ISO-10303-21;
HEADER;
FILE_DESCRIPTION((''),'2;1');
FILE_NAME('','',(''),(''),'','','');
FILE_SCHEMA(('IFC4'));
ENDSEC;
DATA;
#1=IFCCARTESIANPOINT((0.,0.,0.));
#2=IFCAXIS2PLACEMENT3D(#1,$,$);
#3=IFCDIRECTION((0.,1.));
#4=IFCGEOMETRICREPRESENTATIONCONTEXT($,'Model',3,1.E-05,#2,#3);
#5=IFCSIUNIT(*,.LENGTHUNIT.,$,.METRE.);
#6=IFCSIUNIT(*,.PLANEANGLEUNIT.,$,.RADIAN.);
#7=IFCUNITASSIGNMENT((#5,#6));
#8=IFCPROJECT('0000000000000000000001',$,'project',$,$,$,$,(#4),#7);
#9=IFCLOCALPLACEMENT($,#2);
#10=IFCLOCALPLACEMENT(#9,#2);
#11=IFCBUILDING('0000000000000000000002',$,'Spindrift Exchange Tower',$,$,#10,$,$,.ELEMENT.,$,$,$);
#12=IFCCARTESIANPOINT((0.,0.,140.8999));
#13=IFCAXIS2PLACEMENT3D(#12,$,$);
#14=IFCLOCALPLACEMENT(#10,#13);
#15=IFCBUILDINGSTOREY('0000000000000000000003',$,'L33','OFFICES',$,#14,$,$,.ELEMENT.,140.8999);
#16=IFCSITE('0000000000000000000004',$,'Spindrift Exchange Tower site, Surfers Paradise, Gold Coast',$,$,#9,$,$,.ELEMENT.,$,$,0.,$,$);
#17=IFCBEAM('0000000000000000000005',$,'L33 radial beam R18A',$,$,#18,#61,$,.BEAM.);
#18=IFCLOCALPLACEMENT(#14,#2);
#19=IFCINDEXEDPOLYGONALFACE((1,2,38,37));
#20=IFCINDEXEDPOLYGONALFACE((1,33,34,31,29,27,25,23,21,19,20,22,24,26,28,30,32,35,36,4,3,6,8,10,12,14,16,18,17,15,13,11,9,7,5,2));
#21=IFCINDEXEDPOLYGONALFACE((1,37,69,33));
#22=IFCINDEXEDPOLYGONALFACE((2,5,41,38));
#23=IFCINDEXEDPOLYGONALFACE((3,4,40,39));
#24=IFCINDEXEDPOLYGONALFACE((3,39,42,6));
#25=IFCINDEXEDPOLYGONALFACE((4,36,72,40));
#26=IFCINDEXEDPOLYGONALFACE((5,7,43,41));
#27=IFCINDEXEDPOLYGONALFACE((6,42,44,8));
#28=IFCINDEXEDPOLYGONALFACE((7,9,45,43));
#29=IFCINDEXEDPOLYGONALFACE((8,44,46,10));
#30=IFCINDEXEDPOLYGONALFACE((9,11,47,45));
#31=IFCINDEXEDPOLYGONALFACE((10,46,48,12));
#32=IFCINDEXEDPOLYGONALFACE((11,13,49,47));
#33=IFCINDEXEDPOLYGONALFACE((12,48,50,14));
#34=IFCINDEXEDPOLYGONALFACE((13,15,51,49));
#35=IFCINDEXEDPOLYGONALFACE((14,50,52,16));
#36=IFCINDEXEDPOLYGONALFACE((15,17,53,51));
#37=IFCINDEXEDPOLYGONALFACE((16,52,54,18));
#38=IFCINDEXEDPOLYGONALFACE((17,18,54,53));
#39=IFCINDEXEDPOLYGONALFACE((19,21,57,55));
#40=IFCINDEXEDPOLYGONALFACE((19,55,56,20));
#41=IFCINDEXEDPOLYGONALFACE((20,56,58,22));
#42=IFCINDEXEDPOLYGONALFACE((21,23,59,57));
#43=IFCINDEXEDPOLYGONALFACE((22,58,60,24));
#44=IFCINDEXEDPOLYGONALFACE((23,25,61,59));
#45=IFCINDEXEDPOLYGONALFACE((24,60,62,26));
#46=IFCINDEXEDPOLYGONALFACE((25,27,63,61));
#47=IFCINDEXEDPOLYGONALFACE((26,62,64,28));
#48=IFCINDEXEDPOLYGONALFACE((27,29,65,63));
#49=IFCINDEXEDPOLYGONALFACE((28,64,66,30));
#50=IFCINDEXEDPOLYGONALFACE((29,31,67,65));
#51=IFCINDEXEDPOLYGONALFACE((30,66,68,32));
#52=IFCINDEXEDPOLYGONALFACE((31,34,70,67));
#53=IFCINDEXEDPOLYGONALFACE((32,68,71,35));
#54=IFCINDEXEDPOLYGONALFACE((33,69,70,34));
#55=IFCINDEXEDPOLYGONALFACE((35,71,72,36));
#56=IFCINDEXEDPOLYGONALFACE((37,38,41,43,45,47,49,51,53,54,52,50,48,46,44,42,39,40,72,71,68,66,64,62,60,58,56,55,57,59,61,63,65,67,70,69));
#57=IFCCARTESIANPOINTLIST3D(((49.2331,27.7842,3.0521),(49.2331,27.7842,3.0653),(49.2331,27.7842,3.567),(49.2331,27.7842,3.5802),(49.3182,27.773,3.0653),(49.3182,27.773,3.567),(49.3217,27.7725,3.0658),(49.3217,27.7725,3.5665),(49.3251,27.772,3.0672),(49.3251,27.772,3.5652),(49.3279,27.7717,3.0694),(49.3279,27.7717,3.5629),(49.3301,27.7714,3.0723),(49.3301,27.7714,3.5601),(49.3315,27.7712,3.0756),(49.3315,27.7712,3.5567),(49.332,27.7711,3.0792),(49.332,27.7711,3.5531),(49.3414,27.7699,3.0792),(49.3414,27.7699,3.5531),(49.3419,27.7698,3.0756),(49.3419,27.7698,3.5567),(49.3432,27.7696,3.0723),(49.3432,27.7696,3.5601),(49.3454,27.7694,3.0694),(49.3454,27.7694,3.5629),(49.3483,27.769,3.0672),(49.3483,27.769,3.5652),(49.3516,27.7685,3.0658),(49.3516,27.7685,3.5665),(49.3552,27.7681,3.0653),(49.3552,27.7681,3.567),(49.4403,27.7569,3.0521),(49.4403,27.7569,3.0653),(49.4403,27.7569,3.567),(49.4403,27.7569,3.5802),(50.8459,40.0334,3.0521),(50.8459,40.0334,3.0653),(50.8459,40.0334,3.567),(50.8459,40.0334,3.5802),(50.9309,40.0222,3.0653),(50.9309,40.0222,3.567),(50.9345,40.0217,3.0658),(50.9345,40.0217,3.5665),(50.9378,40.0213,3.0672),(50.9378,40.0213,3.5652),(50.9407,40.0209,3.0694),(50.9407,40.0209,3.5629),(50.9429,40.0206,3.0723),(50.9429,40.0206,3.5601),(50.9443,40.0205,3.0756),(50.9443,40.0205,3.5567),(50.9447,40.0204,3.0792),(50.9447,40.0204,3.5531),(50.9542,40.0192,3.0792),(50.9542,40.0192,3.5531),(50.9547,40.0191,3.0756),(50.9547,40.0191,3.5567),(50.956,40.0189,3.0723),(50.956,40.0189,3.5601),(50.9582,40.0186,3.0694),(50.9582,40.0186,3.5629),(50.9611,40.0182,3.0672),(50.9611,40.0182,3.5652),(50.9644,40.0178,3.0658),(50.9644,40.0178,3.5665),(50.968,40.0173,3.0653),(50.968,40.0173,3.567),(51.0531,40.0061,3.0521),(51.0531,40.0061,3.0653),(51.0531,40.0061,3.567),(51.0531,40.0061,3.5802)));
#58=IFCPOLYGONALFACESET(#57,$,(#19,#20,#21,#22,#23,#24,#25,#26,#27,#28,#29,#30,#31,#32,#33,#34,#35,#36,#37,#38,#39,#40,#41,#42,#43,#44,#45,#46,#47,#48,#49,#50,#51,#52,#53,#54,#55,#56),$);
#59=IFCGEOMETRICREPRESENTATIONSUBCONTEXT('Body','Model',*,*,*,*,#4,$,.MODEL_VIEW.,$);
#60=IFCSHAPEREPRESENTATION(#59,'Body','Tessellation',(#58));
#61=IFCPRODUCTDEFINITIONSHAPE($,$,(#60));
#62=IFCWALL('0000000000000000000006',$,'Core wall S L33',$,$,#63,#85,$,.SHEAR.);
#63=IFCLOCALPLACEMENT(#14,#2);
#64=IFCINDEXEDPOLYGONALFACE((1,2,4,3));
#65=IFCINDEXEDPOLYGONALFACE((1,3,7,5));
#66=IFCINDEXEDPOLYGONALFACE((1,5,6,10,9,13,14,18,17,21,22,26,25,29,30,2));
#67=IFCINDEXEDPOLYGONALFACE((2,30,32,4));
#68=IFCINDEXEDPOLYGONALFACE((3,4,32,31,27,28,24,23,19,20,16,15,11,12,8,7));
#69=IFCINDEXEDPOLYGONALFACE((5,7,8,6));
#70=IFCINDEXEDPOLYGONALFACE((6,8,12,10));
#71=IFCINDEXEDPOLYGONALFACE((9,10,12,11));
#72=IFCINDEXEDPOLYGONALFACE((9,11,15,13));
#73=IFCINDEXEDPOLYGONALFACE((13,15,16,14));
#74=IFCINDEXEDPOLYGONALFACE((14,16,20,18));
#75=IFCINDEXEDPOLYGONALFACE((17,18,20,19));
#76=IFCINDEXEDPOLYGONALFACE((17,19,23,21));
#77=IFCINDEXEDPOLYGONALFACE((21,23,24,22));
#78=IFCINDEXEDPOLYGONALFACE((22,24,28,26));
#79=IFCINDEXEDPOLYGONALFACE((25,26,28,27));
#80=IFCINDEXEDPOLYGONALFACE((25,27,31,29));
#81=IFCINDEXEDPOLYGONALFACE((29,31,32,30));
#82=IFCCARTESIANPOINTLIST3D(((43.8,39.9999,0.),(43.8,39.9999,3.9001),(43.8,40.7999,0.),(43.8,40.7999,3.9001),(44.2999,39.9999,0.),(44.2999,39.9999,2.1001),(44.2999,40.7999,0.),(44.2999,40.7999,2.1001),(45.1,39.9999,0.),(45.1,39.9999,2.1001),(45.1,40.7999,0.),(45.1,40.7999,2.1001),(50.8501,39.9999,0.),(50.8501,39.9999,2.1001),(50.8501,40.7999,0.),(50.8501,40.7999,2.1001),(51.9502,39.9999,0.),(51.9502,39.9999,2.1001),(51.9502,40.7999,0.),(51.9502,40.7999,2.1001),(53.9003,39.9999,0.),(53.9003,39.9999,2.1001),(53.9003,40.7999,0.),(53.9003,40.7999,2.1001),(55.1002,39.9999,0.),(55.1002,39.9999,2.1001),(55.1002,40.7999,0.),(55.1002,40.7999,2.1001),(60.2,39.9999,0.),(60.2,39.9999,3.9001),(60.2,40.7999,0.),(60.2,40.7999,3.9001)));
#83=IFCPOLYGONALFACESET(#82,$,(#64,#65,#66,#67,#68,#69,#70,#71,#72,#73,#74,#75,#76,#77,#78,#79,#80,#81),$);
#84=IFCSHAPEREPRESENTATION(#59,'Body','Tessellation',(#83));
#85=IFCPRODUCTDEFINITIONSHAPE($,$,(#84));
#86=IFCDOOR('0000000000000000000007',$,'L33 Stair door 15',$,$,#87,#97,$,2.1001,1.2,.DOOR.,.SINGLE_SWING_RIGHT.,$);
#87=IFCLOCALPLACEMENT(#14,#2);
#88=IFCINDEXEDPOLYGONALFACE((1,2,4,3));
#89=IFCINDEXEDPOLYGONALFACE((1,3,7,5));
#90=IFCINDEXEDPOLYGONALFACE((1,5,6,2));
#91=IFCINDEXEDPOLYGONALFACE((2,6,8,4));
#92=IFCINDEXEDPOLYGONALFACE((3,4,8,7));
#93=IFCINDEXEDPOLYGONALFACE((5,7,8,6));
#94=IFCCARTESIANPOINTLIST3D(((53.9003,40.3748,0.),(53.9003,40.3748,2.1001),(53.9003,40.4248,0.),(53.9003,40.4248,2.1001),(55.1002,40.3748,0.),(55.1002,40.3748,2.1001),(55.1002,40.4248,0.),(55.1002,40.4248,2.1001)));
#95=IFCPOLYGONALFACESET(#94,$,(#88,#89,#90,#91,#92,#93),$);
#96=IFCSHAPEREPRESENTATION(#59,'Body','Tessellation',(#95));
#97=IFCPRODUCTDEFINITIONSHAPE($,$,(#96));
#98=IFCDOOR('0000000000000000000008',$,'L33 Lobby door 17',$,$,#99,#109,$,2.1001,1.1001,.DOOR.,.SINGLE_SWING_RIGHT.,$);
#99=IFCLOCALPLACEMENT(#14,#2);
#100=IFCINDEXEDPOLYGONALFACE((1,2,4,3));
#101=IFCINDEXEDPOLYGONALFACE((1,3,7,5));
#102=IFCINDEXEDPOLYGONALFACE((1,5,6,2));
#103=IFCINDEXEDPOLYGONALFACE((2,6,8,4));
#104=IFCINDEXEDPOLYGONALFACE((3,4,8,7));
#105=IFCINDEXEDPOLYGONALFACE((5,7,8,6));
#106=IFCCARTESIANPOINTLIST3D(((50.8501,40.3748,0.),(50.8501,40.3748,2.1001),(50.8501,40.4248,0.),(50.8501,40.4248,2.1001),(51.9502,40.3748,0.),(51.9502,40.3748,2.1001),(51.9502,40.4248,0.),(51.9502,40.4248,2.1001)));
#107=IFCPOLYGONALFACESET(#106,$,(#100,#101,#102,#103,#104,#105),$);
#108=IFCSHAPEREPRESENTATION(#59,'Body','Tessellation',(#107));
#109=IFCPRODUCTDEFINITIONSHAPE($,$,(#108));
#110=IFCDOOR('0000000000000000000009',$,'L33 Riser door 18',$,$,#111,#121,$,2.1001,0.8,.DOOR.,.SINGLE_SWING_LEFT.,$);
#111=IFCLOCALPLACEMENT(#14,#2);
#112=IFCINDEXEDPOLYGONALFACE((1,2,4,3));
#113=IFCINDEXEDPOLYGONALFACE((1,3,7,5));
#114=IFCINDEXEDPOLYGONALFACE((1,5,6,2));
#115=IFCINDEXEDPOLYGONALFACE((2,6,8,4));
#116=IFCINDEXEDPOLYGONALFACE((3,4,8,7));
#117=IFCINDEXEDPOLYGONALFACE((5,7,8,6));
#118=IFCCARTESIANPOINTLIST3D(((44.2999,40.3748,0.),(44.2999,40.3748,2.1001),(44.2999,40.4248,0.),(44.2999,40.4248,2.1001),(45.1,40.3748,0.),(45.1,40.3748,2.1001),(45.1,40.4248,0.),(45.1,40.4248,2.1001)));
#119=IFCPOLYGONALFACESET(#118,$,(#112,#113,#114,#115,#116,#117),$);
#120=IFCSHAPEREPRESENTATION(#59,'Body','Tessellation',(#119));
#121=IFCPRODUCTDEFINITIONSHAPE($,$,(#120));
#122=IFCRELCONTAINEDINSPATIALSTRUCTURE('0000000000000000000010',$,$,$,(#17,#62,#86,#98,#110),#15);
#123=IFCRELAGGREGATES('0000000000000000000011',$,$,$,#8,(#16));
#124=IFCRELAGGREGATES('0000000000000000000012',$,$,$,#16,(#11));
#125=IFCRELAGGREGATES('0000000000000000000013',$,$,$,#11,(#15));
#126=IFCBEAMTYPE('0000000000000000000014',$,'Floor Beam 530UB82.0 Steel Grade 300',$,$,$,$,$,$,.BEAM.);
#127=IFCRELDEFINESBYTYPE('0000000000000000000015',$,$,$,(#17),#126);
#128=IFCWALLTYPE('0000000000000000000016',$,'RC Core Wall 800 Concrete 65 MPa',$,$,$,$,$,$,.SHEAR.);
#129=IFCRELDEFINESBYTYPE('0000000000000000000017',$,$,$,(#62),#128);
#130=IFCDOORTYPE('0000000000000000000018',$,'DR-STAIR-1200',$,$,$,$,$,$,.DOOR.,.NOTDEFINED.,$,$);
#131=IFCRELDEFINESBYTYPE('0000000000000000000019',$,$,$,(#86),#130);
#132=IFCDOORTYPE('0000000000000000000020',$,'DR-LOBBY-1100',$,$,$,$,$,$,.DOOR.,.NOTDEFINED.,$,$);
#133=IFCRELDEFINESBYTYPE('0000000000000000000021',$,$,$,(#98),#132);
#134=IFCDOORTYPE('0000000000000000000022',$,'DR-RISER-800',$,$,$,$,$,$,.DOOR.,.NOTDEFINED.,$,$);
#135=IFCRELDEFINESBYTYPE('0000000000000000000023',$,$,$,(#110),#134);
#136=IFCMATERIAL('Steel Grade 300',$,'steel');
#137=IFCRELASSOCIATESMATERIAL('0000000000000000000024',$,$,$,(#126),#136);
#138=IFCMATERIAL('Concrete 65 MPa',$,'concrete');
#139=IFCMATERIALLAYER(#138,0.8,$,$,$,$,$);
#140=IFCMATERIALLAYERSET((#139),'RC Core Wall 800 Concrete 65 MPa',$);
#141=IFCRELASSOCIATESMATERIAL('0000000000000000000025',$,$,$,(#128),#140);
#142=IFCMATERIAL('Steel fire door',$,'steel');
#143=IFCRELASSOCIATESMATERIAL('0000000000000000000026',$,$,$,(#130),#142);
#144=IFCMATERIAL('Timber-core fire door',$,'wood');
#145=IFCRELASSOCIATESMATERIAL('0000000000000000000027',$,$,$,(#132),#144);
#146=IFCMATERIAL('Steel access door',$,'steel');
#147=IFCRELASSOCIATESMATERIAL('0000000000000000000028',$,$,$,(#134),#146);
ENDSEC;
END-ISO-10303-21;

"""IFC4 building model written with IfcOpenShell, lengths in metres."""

from ifc_helpers import new_model, si_unit, direction, frame, frame_2d, origin, origin_2d, place, context, subcontext, project, spatial, rectangle, i_section, extrude, source, transform, mapped, material, layer, layer_set, material_profile, profile_set, type_object, element, fill, save


model = new_model("IFC4")

# Units and contexts
model_context = context("Model", 3, precision=1e-05, world=origin(), true_north=direction((0.0, 1.0)))
body_context = subcontext(model_context, "Body", "Model", "MODEL_VIEW")
ifc_project = project(units=[si_unit("LENGTHUNIT", "METRE"), si_unit("PLANEANGLEUNIT", "RADIAN")], contexts=[model_context])

# Site, building, storey
site_placement = place(None, origin())
site = spatial("IfcSite", under=ifc_project, at=site_placement, Name="Spindrift Exchange Tower site, Surfers Paradise, Gold Coast", CompositionType="ELEMENT", RefElevation=0.0)
building_placement = place(site_placement, origin())
building = spatial("IfcBuilding", under=site, at=building_placement, Name="Spindrift Exchange Tower", CompositionType="ELEMENT")
storey_placement = place(building_placement, frame((0.0, 0.0, 140.8999)))
storey = spatial("IfcBuildingStorey", under=building, at=storey_placement, Name="L33", Description="OFFICES", CompositionType="ELEMENT", Elevation=140.8999)

# Beam
ifc_material_1 = material(Name="Steel Grade 300", Category="steel")
ifc_material_profile_1 = material_profile(ifc_material_1, i_section(OverallWidth=0.209, OverallDepth=0.5281, WebThickness=0.0095, FlangeThickness=0.0132, FilletRadius=0.0139, at=origin_2d()), Name="530UB82.0")
ifc_profile_set_1 = profile_set([ifc_material_profile_1], Name="Steel Grade 300")
beam_type_1 = type_object("IfcBeamType", Name="Floor Beam 530UB82.0 Steel Grade 300", PredefinedType="BEAM", material=ifc_profile_set_1)
shared_shape_1 = source(origin(), body_context, "Body", "SweptSolid", [
    extrude(i_section(OverallWidth=0.209, OverallDepth=0.5281, WebThickness=0.0095, FlangeThickness=0.0132, FilletRadius=0.0139, at=origin_2d()), origin(), (0.0, 0.0, 1.0), 12.355),
])
beam_1_placement = place(storey_placement, frame((50.9495, 40.0198, 3.3162), z_axis=(-0.130538, -0.991443, 0.0), x_axis=(0.991443, -0.130538, 0.0)))
element("IfcBeam", 1, at=beam_1_placement, inside=storey, type_object=beam_type_1, Name="L33 radial beam R18A", PredefinedType="BEAM", context=body_context, shape_type="MappedRepresentation", body=[
    mapped(shared_shape_1, transform((0.0, 0.0, 0.0), scale=1.0)),
])

# Wall, openings, doors
ifc_material_2 = material(Name="Concrete 65 MPa", Category="concrete")
ifc_layer_1 = layer(ifc_material_2, 0.8)
ifc_layer_set_1 = layer_set([ifc_layer_1], Name="RC Core Wall 800 Concrete 65 MPa")
wall_type_1 = type_object("IfcWallType", Name="RC Core Wall 800 Concrete 65 MPa", PredefinedType="SHEAR", material=ifc_layer_set_1)
wall_1_placement = place(storey_placement, frame((43.8, 40.3999, 0.0), z_axis=(0.0, 0.0, 1.0), x_axis=(1.0, 0.0, 0.0)))
wall_1 = element("IfcWall", 2, at=wall_1_placement, inside=storey, type_object=wall_type_1, Name="Core wall S L33", PredefinedType="SHEAR", context=body_context, shape_type="SweptSolid", body=[
    extrude(rectangle(XDim=16.3999, YDim=0.8, at=frame_2d((8.2, 0.0))), origin(), (0.0, 0.0, 1.0), 3.9001),
])
opening_1_placement = place(wall_1_placement, frame((10.1001, 0.0, 0.0)))
opening_1 = element("IfcOpeningElement", 3, at=opening_1_placement, cuts=wall_1, PredefinedType="OPENING", context=body_context, shape_type="SweptSolid", body=[
    extrude(rectangle(XDim=1.2, YDim=2.1001, at=frame_2d((0.6001, 1.05))), frame((0.0, 0.4099, 0.0), z_axis=(0.0, -1.0, 0.0), x_axis=(1.0, 0.0, 0.0)), (0.0, 0.0, 1.0), 0.8201),
])
opening_2_placement = place(wall_1_placement, frame((7.05, 0.0, 0.0)))
opening_2 = element("IfcOpeningElement", 4, at=opening_2_placement, cuts=wall_1, PredefinedType="OPENING", context=body_context, shape_type="SweptSolid", body=[
    extrude(rectangle(XDim=1.1001, YDim=2.1001, at=frame_2d((0.55, 1.05))), frame((0.0, 0.4099, 0.0), z_axis=(0.0, -1.0, 0.0), x_axis=(1.0, 0.0, 0.0)), (0.0, 0.0, 1.0), 0.8201),
])
opening_3_placement = place(wall_1_placement, frame((0.5, 0.0, 0.0)))
opening_3 = element("IfcOpeningElement", 5, at=opening_3_placement, cuts=wall_1, PredefinedType="OPENING", context=body_context, shape_type="SweptSolid", body=[
    extrude(rectangle(XDim=0.8, YDim=2.1001, at=frame_2d((0.3999, 1.05))), frame((0.0, 0.4099, 0.0), z_axis=(0.0, -1.0, 0.0), x_axis=(1.0, 0.0, 0.0)), (0.0, 0.0, 1.0), 0.8201),
])
ifc_material_3 = material(Name="Steel fire door", Category="steel")
door_type_1 = type_object("IfcDoorType", Name="DR-STAIR-1200", OperationType="NOTDEFINED", PredefinedType="DOOR", material=ifc_material_3)
shared_shape_2 = source(origin(), body_context, "Body", "SweptSolid", [
    extrude(rectangle(XDim=1.2, YDim=2.1001, at=frame_2d((0.6001, 1.05))), frame((0.0, 0.0249, 0.0), z_axis=(0.0, -1.0, 0.0), x_axis=(1.0, 0.0, 0.0)), (0.0, 0.0, 1.0), 0.05),
])
door_1_placement = place(opening_1_placement, origin())
door_1 = element("IfcDoor", 6, at=door_1_placement, inside=storey, type_object=door_type_1, Name="L33 Stair door 15", OperationType="SINGLE_SWING_RIGHT", OverallHeight=2.1001, OverallWidth=1.2, PredefinedType="DOOR", context=body_context, shape_type="MappedRepresentation", body=[
    mapped(shared_shape_2, transform((0.0, 0.0, 0.0), scale=1.0)),
])
fill(opening_1, door_1)
ifc_material_4 = material(Name="Timber-core fire door", Category="wood")
door_type_2 = type_object("IfcDoorType", Name="DR-LOBBY-1100", OperationType="NOTDEFINED", PredefinedType="DOOR", material=ifc_material_4)
shared_shape_3 = source(origin(), body_context, "Body", "SweptSolid", [
    extrude(rectangle(XDim=1.1001, YDim=2.1001, at=frame_2d((0.55, 1.05))), frame((0.0, 0.0249, 0.0), z_axis=(0.0, -1.0, 0.0), x_axis=(1.0, 0.0, 0.0)), (0.0, 0.0, 1.0), 0.05),
])
door_2_placement = place(opening_2_placement, origin())
door_2 = element("IfcDoor", 7, at=door_2_placement, inside=storey, type_object=door_type_2, Name="L33 Lobby door 17", OperationType="SINGLE_SWING_RIGHT", OverallHeight=2.1001, OverallWidth=1.1001, PredefinedType="DOOR", context=body_context, shape_type="MappedRepresentation", body=[
    mapped(shared_shape_3, transform((0.0, 0.0, 0.0), scale=1.0)),
])
fill(opening_2, door_2)
ifc_material_5 = material(Name="Steel access door", Category="steel")
door_type_3 = type_object("IfcDoorType", Name="DR-RISER-800", OperationType="NOTDEFINED", PredefinedType="DOOR", material=ifc_material_5)
shared_shape_4 = source(origin(), body_context, "Body", "SweptSolid", [
    extrude(rectangle(XDim=0.8, YDim=2.1001, at=frame_2d((0.3999, 1.05))), frame((0.0, 0.0249, 0.0), z_axis=(0.0, -1.0, 0.0), x_axis=(1.0, 0.0, 0.0)), (0.0, 0.0, 1.0), 0.05),
])
door_3_placement = place(opening_3_placement, origin())
door_3 = element("IfcDoor", 8, at=door_3_placement, inside=storey, type_object=door_type_3, Name="L33 Riser door 18", OperationType="SINGLE_SWING_LEFT", OverallHeight=2.1001, OverallWidth=0.8, PredefinedType="DOOR", context=body_context, shape_type="MappedRepresentation", body=[
    mapped(shared_shape_4, transform((0.0, 0.0, 0.0), scale=1.0)),
])
fill(opening_3, door_3)

save(model, "model.ifc")
